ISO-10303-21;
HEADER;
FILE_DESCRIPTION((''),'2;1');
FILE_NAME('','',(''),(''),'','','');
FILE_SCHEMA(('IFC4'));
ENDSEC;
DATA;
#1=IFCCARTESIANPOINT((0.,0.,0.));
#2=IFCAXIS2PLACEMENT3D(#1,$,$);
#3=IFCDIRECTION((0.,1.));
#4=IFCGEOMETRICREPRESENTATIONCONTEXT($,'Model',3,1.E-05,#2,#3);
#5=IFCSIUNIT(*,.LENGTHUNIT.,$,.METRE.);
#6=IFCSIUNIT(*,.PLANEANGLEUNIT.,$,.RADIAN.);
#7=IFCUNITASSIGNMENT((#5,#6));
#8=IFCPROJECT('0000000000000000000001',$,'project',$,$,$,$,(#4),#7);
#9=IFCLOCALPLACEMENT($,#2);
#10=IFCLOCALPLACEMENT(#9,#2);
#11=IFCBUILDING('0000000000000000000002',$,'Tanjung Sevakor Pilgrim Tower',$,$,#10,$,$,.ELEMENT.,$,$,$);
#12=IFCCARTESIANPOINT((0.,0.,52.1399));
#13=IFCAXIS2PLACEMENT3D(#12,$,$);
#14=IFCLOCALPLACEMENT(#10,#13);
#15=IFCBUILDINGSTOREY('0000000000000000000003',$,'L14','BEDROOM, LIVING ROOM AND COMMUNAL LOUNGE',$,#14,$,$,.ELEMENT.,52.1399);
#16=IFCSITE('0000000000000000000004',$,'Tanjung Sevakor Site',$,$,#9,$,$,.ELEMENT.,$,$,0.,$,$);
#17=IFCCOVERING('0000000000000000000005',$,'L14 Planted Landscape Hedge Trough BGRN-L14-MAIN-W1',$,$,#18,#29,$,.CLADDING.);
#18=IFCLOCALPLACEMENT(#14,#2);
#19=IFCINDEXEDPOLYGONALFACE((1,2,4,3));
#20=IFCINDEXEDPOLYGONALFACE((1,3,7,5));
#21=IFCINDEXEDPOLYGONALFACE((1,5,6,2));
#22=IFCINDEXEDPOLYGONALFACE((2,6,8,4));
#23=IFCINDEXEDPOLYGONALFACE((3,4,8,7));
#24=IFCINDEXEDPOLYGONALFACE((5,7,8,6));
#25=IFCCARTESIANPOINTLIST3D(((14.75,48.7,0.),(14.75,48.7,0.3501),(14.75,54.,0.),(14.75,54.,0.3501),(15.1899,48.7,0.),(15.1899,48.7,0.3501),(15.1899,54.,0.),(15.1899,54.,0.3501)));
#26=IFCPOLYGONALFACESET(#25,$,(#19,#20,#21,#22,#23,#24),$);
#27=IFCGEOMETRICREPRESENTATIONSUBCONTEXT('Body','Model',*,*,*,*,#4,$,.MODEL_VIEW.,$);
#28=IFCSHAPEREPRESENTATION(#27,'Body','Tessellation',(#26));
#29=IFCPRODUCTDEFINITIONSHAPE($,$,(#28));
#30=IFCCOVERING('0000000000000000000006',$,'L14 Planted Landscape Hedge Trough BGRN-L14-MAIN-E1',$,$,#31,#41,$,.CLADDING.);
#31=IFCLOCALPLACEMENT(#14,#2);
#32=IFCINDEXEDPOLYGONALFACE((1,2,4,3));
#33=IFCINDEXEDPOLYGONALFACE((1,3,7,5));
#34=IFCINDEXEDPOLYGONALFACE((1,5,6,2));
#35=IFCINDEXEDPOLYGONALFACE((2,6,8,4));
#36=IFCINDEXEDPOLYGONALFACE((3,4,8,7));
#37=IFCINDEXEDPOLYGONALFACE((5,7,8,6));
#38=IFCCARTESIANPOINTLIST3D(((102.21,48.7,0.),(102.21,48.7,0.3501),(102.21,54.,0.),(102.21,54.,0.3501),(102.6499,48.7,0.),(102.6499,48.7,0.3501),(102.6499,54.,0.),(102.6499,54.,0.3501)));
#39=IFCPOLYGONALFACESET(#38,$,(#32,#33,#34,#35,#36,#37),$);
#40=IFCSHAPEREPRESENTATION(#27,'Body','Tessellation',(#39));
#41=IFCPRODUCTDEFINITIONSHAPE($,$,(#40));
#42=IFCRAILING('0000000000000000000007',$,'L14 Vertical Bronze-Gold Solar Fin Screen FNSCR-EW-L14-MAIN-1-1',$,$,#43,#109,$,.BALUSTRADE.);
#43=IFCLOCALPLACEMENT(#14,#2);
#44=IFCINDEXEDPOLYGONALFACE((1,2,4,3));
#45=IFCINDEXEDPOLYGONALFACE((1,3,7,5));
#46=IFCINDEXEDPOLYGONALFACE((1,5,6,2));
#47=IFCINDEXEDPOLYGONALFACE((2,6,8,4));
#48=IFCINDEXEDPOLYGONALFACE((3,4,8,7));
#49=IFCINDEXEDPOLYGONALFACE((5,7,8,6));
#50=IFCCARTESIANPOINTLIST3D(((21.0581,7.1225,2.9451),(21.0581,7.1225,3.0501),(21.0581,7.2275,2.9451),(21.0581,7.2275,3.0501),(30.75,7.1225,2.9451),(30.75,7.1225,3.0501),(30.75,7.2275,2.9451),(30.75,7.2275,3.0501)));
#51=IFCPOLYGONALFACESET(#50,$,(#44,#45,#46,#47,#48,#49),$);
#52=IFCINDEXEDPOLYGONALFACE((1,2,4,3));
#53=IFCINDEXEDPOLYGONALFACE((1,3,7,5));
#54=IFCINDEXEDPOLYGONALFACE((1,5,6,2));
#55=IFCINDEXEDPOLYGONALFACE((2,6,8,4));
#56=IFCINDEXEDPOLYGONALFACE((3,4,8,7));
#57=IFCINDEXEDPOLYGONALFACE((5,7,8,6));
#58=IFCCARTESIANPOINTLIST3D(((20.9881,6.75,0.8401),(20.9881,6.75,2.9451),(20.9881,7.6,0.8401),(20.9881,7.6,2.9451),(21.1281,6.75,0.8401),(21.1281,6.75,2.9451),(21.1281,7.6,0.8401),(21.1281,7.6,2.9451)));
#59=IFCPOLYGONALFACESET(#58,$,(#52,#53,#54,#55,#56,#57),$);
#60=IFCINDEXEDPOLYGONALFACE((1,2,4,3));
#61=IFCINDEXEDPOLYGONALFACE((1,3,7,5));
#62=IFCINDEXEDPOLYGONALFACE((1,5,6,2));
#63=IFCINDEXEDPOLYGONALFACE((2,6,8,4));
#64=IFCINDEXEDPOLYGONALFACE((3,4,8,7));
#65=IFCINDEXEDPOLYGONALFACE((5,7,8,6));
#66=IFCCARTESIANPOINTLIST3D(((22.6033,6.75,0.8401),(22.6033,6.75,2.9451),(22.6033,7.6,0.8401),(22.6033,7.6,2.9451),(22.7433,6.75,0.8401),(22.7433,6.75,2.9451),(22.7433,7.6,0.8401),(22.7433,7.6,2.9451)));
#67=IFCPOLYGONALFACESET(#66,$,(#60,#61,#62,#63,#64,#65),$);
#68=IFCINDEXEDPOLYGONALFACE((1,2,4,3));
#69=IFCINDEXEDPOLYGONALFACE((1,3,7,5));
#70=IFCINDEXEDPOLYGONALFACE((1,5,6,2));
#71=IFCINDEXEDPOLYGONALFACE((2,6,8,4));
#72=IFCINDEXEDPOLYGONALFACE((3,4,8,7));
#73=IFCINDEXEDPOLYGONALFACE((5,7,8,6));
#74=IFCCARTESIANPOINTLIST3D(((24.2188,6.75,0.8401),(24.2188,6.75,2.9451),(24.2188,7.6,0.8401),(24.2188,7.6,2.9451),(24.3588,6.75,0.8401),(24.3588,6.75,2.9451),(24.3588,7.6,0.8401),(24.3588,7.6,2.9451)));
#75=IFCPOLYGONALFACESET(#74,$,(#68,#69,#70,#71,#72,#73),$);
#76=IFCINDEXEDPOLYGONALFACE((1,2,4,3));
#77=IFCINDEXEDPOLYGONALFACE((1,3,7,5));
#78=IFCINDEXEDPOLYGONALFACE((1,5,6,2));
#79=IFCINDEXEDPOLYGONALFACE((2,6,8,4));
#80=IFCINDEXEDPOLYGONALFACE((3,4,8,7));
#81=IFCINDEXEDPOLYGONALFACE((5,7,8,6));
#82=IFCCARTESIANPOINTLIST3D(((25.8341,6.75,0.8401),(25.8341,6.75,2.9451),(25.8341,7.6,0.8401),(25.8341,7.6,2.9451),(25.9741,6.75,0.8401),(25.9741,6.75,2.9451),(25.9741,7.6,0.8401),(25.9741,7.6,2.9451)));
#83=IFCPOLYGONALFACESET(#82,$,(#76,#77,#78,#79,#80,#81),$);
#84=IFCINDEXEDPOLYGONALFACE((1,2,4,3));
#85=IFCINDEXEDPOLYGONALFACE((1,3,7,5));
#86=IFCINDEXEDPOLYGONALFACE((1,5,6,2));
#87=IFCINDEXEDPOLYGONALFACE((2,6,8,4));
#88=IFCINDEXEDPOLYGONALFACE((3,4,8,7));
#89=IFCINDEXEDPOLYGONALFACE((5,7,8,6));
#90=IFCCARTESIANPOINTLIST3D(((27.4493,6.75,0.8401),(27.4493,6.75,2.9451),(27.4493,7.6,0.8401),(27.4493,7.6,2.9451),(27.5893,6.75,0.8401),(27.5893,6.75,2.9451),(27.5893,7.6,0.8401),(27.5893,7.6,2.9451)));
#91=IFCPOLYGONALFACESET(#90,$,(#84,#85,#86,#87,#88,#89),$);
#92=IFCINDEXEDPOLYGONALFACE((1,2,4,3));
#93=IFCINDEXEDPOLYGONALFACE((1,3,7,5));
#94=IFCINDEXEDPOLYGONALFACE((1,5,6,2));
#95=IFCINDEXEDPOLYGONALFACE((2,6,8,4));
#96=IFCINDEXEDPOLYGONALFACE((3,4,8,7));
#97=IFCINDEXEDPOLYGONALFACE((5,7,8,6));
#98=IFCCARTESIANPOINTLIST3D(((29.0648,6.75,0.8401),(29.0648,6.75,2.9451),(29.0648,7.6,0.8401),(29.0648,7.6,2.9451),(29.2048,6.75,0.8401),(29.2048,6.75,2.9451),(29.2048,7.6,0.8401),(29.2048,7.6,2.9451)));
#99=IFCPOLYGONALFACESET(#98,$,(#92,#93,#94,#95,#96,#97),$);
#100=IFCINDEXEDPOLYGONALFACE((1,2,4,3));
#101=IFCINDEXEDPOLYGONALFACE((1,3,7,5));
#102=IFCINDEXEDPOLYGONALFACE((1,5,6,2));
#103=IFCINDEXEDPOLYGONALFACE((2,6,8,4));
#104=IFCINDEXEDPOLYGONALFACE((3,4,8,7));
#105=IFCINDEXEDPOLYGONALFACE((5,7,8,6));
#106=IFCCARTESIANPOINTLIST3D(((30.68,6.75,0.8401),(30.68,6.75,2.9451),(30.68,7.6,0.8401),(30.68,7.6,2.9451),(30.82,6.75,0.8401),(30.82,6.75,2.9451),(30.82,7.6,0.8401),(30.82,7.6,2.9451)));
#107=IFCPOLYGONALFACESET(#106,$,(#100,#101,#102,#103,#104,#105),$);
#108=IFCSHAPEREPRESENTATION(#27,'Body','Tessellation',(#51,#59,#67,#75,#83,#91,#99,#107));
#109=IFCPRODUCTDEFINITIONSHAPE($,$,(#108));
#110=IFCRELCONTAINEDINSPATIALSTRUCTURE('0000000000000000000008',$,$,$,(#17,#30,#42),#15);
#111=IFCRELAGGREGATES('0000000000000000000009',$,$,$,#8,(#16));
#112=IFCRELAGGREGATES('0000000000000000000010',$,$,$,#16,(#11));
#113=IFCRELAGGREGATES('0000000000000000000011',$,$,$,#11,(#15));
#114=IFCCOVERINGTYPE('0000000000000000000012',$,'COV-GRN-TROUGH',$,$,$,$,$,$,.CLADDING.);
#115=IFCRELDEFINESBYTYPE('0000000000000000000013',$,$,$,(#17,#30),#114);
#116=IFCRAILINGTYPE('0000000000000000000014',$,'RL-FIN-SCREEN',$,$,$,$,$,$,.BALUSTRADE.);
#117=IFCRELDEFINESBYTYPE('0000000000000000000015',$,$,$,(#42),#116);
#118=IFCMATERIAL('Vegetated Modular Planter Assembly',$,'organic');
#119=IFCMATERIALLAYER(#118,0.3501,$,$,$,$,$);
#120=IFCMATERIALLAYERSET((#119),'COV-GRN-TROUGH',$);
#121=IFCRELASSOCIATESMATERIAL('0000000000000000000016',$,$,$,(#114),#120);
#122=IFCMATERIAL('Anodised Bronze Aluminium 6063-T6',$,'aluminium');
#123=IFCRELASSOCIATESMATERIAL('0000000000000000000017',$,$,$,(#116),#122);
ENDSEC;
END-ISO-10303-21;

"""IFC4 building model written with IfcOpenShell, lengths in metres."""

from ifc_helpers import new_model, si_unit, direction, frame, origin, place, context, subcontext, project, spatial, polyline, rectangle, outline, extrude, material, layer, layer_set, type_object, element, save


model = new_model("IFC4")

# Units and contexts
model_context = context("Model", 3, precision=1e-05, world=origin(), true_north=direction((0.0, 1.0)))
body_context = subcontext(model_context, "Body", "Model", "MODEL_VIEW")
ifc_project = project(units=[si_unit("LENGTHUNIT", "METRE"), si_unit("PLANEANGLEUNIT", "RADIAN")], contexts=[model_context])

# Site, building, storey
site_placement = place(None, origin())
site = spatial("IfcSite", under=ifc_project, at=site_placement, Name="Tanjung Sevakor Site", CompositionType="ELEMENT", RefElevation=0.0)
building_placement = place(site_placement, origin())
building = spatial("IfcBuilding", under=site, at=building_placement, Name="Tanjung Sevakor Pilgrim Tower", CompositionType="ELEMENT")
storey_placement = place(building_placement, frame((0.0, 0.0, 52.1399)))
storey = spatial("IfcBuildingStorey", under=building, at=storey_placement, Name="L14", Description="BEDROOM, LIVING ROOM AND COMMUNAL LOUNGE", CompositionType="ELEMENT", Elevation=52.1399)

# Coverings
ifc_material_1 = material(Name="Vegetated Modular Planter Assembly", Category="organic")
ifc_layer_1 = layer(ifc_material_1, 0.3501)
ifc_layer_set_1 = layer_set([ifc_layer_1], Name="COV-GRN-TROUGH")
covering_type = type_object("IfcCoveringType", Name="COV-GRN-TROUGH", PredefinedType="CLADDING", material=ifc_layer_set_1)
covering_1_placement = place(storey_placement, origin())
element("IfcCovering", 1, at=covering_1_placement, inside=storey, type_object=covering_type, Name="L14 Planted Landscape Hedge Trough BGRN-L14-MAIN-W1", PredefinedType="CLADDING", context=body_context, shape_type="SweptSolid", body=[
    extrude(outline(polyline([(15.1899, 48.7), (15.1899, 54.0), (14.75, 54.0), (14.75, 48.7), (15.1899, 48.7)])), origin(), (0.0, 0.0, 1.0), 0.3501),
])
covering_2_placement = place(storey_placement, origin())
element("IfcCovering", 2, at=covering_2_placement, inside=storey, type_object=covering_type, Name="L14 Planted Landscape Hedge Trough BGRN-L14-MAIN-E1", PredefinedType="CLADDING", context=body_context, shape_type="SweptSolid", body=[
    extrude(outline(polyline([(102.6499, 48.7), (102.6499, 54.0), (102.21, 54.0), (102.21, 48.7), (102.6499, 48.7)])), origin(), (0.0, 0.0, 1.0), 0.3501),
])

# Railing
ifc_material_2 = material(Name="Anodised Bronze Aluminium 6063-T6", Category="aluminium")
railing_type = type_object("IfcRailingType", Name="RL-FIN-SCREEN", PredefinedType="BALUSTRADE", material=ifc_material_2)
railing_placement = place(storey_placement, frame((21.0581, 7.175, 0.8401)))
element("IfcRailing", 3, at=railing_placement, inside=storey, type_object=railing_type, Name="L14 Vertical Bronze-Gold Solar Fin Screen FNSCR-EW-L14-MAIN-1-1", PredefinedType="BALUSTRADE", context=body_context, shape_type="SweptSolid", body=[
    extrude(rectangle(XDim=0.105, YDim=0.105), frame((0.0, 0.0, 2.1575), z_axis=(1.0, 0.0, 0.0), x_axis=(0.0, 1.0, 0.0)), (0.0, 0.0, 1.0), 9.6919),
    extrude(rectangle(XDim=0.14, YDim=0.85), origin(), (0.0, 0.0, 1.0), 2.105),
    extrude(rectangle(XDim=0.14, YDim=0.85), frame((1.6152, 0.0, 0.0)), (0.0, 0.0, 1.0), 2.105),
    extrude(rectangle(XDim=0.14, YDim=0.85), frame((3.2307, 0.0, 0.0)), (0.0, 0.0, 1.0), 2.105),
    extrude(rectangle(XDim=0.14, YDim=0.85), frame((4.8459, 0.0, 0.0)), (0.0, 0.0, 1.0), 2.105),
    extrude(rectangle(XDim=0.14, YDim=0.85), frame((6.4612, 0.0, 0.0)), (0.0, 0.0, 1.0), 2.105),
    extrude(rectangle(XDim=0.14, YDim=0.85), frame((8.0767, 0.0, 0.0)), (0.0, 0.0, 1.0), 2.105),
    extrude(rectangle(XDim=0.14, YDim=0.85), frame((9.6919, 0.0, 0.0)), (0.0, 0.0, 1.0), 2.105),
])

save(model, "model.ifc")
